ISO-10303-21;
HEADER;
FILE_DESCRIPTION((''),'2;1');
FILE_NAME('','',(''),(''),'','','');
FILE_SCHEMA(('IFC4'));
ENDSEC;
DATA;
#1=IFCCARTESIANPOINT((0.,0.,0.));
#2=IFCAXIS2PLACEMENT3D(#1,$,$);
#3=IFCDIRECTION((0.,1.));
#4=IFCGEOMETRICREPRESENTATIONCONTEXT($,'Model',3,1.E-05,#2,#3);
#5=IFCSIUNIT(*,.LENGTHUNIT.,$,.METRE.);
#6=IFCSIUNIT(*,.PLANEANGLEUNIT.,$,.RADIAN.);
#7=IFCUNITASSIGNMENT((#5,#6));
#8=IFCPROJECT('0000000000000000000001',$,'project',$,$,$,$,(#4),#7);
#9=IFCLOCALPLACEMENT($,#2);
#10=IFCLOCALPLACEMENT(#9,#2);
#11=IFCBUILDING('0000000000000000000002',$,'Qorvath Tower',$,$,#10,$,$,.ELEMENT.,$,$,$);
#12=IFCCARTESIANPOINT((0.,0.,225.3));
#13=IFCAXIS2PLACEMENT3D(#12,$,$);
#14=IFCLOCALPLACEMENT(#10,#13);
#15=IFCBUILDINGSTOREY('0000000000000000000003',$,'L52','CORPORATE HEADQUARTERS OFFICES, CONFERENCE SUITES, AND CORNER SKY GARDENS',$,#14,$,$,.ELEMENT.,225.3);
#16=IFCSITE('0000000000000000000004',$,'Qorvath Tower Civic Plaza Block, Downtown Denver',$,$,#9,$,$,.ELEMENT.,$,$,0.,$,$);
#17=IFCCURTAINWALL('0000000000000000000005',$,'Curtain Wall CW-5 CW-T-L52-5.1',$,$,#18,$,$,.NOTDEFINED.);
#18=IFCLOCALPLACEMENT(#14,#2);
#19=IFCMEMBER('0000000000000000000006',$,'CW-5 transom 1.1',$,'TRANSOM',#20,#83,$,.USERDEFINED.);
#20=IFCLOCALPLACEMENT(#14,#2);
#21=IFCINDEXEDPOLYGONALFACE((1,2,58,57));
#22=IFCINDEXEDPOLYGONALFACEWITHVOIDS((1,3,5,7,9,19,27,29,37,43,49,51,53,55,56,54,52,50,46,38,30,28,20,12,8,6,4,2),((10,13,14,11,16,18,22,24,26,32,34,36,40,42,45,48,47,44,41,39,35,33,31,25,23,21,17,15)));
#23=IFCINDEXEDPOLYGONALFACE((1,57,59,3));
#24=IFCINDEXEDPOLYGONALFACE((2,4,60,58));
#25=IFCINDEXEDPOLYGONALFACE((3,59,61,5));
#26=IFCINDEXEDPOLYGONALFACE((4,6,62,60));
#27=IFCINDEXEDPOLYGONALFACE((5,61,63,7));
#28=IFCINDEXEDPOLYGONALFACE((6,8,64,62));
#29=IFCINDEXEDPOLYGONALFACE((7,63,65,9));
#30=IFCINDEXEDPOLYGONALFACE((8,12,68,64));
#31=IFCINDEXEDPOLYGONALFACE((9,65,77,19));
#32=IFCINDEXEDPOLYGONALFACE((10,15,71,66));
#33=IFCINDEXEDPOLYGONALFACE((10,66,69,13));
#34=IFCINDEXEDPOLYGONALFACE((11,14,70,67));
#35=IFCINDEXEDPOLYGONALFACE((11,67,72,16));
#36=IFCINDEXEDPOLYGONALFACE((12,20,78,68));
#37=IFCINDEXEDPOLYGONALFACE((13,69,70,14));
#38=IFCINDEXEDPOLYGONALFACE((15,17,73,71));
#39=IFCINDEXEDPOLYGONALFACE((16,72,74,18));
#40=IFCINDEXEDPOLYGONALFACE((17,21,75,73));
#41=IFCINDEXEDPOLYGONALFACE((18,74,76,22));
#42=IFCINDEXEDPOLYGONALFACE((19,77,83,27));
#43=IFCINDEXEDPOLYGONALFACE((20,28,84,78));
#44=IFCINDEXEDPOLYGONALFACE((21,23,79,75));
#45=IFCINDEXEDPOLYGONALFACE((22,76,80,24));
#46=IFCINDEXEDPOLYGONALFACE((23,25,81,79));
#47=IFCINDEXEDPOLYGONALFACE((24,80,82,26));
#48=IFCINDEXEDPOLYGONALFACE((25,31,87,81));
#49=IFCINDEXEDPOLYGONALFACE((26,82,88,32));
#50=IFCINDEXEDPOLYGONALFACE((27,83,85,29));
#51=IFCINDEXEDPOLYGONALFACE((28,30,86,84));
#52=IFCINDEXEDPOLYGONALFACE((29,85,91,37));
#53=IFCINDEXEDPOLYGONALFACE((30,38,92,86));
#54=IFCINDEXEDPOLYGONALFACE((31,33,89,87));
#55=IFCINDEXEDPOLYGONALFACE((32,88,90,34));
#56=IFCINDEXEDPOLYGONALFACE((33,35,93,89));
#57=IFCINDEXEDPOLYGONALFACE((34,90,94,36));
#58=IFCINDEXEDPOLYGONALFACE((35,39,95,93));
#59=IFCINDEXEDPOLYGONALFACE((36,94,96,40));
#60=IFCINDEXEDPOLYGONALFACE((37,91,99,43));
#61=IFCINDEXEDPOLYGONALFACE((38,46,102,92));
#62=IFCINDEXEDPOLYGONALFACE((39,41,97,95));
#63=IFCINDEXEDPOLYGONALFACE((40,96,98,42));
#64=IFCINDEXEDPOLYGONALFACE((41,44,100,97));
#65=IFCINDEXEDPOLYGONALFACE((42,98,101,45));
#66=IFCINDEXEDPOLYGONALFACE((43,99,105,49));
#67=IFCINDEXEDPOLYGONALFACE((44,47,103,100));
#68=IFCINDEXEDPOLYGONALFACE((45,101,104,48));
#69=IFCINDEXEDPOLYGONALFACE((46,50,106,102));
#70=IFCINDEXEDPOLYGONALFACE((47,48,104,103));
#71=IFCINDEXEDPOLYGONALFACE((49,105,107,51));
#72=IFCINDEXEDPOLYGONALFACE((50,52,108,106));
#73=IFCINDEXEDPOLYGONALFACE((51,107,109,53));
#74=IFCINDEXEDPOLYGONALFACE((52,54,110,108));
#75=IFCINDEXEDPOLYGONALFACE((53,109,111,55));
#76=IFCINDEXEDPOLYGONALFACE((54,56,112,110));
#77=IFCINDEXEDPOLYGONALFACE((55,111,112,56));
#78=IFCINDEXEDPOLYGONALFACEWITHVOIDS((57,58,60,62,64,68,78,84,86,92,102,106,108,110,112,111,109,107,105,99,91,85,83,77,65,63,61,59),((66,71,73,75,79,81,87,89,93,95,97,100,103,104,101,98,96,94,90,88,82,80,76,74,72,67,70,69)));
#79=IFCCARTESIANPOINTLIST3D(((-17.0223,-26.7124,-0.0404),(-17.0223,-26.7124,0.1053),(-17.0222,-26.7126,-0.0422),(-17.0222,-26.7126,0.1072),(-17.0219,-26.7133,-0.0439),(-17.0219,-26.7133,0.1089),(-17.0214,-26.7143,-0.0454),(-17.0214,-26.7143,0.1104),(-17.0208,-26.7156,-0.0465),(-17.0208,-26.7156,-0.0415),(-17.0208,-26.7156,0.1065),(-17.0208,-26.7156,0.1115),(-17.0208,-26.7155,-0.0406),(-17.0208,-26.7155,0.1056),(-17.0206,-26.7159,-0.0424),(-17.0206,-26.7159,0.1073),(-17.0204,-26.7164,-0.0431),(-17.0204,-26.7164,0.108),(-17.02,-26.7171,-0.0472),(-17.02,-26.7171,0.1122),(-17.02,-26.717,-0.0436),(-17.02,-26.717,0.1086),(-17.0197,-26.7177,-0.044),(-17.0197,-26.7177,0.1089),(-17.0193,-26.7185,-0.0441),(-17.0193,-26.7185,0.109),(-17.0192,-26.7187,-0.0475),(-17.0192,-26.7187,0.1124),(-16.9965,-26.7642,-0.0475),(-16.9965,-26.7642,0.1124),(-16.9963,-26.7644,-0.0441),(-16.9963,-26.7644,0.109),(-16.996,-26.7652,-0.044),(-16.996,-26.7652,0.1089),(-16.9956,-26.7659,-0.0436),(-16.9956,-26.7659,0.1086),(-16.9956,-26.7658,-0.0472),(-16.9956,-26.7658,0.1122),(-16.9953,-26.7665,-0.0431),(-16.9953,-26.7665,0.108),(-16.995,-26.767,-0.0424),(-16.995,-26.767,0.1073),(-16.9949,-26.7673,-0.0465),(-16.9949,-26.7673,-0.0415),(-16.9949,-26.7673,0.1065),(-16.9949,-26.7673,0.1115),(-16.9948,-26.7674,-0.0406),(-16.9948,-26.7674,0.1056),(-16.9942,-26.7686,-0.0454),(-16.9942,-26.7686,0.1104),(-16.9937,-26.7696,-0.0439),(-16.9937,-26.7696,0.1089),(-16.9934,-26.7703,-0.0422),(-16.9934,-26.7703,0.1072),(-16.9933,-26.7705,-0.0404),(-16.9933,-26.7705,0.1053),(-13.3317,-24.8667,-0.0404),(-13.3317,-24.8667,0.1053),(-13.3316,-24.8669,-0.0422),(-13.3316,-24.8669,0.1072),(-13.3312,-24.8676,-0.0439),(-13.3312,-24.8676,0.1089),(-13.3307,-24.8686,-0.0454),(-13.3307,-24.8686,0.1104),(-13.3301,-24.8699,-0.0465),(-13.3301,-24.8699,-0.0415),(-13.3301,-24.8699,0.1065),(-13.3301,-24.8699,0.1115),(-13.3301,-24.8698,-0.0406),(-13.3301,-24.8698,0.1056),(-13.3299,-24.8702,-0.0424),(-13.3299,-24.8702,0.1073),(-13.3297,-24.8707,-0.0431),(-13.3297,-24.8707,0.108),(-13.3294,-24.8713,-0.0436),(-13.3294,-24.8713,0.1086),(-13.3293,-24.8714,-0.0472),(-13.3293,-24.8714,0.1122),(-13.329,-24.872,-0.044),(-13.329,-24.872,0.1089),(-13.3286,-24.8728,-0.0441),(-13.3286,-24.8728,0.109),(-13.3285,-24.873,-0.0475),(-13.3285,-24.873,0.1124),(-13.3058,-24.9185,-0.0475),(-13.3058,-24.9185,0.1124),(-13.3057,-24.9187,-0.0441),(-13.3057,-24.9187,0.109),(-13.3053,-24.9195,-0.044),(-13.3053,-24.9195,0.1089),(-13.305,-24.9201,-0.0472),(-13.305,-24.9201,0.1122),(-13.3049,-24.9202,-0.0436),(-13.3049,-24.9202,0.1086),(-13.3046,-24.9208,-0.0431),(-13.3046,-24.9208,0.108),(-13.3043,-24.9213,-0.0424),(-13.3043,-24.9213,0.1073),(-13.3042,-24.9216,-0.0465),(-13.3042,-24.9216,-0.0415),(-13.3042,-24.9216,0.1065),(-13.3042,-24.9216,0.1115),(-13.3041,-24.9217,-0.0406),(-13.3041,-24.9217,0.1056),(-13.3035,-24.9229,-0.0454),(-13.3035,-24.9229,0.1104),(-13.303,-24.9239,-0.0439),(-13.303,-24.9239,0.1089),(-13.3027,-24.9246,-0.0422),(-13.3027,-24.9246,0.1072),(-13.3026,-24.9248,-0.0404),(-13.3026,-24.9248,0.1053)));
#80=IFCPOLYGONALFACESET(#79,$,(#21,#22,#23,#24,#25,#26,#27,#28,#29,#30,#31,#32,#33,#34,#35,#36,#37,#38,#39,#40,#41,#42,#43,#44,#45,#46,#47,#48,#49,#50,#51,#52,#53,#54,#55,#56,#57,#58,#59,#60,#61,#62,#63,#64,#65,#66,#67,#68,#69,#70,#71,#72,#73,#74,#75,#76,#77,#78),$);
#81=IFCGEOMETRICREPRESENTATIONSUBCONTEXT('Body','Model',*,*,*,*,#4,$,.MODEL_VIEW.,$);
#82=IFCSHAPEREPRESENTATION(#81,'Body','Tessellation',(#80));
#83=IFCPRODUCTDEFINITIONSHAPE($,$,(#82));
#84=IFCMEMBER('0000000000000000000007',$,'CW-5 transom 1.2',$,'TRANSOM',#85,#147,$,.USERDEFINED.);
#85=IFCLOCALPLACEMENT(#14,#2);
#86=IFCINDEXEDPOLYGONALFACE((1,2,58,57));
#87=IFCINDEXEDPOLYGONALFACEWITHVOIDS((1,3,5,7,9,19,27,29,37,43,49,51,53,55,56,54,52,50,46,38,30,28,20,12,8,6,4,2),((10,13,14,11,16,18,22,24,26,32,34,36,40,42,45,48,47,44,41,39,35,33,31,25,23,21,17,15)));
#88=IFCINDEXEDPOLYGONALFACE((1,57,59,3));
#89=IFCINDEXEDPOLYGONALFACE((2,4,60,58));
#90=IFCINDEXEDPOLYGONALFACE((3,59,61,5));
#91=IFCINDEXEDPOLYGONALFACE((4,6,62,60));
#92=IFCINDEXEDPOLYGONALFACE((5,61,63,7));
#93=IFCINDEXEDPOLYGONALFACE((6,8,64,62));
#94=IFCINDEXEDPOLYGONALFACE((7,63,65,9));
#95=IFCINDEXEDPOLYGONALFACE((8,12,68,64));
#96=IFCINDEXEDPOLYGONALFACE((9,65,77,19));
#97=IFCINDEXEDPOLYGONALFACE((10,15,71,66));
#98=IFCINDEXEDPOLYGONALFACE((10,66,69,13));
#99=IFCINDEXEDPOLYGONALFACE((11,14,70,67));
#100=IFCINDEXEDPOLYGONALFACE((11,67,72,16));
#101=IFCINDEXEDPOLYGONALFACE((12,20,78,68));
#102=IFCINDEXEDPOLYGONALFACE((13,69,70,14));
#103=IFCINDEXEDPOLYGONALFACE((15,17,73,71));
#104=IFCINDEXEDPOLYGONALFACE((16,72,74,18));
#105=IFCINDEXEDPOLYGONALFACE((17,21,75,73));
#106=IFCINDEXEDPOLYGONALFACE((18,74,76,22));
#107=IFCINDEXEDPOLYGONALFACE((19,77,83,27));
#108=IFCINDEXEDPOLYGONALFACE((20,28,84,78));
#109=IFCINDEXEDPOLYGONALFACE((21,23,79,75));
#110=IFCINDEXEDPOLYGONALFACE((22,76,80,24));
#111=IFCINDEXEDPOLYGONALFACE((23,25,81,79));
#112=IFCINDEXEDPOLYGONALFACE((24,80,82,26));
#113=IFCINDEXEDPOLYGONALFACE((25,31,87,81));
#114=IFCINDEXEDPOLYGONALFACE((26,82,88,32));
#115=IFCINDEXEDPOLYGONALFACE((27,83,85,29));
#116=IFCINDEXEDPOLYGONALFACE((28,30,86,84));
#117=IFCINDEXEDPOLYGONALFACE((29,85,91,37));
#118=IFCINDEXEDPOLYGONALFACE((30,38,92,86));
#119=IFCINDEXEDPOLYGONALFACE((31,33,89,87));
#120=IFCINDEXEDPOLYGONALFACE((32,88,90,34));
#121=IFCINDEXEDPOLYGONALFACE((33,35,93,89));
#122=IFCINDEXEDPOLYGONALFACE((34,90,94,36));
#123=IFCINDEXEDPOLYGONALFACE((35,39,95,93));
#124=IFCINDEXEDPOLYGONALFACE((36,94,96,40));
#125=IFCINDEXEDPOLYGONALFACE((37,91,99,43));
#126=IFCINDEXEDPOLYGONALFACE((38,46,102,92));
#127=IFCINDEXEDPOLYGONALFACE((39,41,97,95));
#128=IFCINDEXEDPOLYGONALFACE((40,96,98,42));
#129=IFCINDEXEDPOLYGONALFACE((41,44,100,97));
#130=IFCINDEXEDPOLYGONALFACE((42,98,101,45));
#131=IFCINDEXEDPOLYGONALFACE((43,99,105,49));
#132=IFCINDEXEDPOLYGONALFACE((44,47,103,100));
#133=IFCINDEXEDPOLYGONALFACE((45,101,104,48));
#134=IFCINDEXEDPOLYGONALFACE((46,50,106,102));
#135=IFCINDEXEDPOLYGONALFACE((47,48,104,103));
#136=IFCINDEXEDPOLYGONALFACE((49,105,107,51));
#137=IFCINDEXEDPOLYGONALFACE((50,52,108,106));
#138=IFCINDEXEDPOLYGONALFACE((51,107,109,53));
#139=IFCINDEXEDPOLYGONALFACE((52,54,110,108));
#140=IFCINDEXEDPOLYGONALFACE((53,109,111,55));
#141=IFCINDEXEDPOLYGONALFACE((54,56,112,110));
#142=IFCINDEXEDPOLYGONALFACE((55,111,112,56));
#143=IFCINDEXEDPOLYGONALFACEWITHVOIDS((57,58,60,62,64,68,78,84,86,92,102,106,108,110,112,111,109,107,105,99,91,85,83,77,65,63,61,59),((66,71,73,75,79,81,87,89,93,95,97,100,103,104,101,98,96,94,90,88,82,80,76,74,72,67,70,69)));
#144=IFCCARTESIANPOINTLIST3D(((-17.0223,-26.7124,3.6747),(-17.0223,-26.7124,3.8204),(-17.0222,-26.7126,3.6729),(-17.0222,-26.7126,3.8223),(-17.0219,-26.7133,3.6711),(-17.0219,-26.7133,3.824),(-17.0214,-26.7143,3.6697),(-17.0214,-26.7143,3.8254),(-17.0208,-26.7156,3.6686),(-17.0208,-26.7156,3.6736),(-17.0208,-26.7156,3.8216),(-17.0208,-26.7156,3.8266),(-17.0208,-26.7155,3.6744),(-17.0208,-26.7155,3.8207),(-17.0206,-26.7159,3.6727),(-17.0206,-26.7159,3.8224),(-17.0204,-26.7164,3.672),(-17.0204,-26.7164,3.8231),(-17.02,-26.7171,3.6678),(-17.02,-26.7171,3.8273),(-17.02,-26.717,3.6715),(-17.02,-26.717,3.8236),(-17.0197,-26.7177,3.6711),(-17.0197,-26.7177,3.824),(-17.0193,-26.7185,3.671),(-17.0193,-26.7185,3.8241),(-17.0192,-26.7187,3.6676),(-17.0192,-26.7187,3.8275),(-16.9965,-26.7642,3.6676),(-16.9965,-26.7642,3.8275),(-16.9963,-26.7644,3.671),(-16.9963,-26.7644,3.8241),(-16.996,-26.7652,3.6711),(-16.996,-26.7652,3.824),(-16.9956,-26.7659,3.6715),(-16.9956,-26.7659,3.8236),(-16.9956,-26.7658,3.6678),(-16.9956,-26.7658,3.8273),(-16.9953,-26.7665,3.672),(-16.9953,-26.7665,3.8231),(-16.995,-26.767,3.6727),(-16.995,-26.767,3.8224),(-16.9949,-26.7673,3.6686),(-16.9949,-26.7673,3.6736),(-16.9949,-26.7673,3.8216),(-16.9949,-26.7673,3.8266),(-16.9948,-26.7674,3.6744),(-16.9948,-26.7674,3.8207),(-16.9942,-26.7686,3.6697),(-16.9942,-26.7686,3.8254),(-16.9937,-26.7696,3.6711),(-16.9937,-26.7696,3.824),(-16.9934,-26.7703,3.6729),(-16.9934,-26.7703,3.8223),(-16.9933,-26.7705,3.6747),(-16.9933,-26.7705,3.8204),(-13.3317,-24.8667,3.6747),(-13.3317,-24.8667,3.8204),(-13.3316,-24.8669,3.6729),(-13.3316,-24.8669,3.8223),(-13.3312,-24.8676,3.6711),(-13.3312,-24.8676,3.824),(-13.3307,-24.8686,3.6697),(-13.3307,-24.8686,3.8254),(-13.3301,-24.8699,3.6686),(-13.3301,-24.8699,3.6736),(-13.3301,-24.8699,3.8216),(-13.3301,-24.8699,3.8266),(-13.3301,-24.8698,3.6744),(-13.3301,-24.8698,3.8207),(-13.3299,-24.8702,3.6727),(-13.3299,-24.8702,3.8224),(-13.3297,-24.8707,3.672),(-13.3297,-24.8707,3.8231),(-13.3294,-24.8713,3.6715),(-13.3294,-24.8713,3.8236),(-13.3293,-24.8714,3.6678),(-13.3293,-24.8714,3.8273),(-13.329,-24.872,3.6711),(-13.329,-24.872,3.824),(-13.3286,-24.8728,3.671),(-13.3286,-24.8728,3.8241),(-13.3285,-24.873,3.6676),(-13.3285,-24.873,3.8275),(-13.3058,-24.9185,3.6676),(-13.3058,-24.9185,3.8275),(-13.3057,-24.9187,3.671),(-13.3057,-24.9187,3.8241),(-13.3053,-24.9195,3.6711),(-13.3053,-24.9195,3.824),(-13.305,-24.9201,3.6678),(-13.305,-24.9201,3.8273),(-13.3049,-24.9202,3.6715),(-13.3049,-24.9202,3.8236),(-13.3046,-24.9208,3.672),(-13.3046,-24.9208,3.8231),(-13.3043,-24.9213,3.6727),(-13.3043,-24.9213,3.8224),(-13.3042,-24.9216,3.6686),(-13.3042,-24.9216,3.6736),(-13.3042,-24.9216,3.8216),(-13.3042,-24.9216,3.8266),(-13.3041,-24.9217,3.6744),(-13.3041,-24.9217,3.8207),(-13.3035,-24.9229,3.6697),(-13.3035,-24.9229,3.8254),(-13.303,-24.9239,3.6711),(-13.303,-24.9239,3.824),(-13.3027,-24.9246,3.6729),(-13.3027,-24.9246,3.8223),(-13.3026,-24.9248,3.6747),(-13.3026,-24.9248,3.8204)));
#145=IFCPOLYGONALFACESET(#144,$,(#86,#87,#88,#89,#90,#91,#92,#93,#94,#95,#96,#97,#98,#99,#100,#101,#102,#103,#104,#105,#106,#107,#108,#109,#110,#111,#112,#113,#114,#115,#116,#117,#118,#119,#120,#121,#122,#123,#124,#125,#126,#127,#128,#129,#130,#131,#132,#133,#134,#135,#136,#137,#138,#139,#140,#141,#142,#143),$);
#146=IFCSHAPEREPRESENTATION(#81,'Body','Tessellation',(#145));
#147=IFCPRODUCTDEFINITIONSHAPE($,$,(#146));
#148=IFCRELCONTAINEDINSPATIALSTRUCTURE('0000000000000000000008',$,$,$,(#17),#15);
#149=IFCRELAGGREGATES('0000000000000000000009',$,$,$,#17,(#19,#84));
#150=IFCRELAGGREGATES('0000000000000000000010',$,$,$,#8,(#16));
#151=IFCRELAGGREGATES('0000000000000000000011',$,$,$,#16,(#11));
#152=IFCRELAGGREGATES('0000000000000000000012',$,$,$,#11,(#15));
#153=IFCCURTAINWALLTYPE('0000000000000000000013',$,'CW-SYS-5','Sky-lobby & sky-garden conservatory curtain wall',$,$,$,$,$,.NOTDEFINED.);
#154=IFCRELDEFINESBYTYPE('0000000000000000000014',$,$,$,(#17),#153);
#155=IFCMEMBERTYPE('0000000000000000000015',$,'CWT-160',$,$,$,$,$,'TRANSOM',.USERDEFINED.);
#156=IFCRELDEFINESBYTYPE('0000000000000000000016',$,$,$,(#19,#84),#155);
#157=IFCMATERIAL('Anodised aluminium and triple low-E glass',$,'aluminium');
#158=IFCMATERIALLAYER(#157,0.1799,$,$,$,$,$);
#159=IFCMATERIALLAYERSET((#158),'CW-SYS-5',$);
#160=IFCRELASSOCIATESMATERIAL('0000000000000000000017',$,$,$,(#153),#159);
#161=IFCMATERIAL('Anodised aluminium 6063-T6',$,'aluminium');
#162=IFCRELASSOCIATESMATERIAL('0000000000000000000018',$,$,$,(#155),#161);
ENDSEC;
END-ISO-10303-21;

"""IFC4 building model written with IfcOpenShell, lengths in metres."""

from ifc_helpers import new_model, si_unit, direction, frame, origin, origin_2d, place, context, subcontext, project, spatial, hollow_rectangle, extrude, material, layer, layer_set, material_profile, profile_set, type_object, element, aggregate, save


model = new_model("IFC4")

# Units and contexts
model_context = context("Model", 3, precision=1e-05, world=origin(), true_north=direction((0.0, 1.0)))
body_context = subcontext(model_context, "Body", "Model", "MODEL_VIEW")
ifc_project = project(units=[si_unit("LENGTHUNIT", "METRE"), si_unit("PLANEANGLEUNIT", "RADIAN")], contexts=[model_context])

# Site, building, storey
site_placement = place(None, origin())
site = spatial("IfcSite", under=ifc_project, at=site_placement, Name="Qorvath Tower Civic Plaza Block, Downtown Denver", CompositionType="ELEMENT", RefElevation=0.0)
building_placement = place(site_placement, origin())
building = spatial("IfcBuilding", under=site, at=building_placement, Name="Qorvath Tower", CompositionType="ELEMENT")
storey_placement = place(building_placement, frame((0.0, 0.0, 225.3)))
storey = spatial("IfcBuildingStorey", under=building, at=storey_placement, Name="L52", Description="CORPORATE HEADQUARTERS OFFICES, CONFERENCE SUITES, AND CORNER SKY GARDENS", CompositionType="ELEMENT", Elevation=225.3)

# Shared definitions
ifc_material_1 = material(Name="Anodised aluminium and triple low-E glass", Category="aluminium")
ifc_layer_1 = layer(ifc_material_1, 0.1799)
ifc_layer_set_1 = layer_set([ifc_layer_1], Name="CW-SYS-5")
curtain_wall_type = type_object("IfcCurtainWallType", Name="CW-SYS-5", Description="Sky-lobby & sky-garden conservatory curtain wall", PredefinedType="NOTDEFINED", material=ifc_layer_set_1)

# Curtain wall
curtain_wall_1_placement = place(storey_placement, origin())
curtain_wall_1 = element("IfcCurtainWall", 1, at=curtain_wall_1_placement, inside=storey, type_object=curtain_wall_type, Name="Curtain Wall CW-5 CW-T-L52-5.1", PredefinedType="NOTDEFINED")

# Members
ifc_material_2 = material(Name="Anodised aluminium 6063-T6", Category="aluminium")
ifc_material_profile_1 = material_profile(ifc_material_2, hollow_rectangle(XDim=0.0649, YDim=0.1599, WallThickness=0.0034, InnerFilletRadius=0.0034, OuterFilletRadius=0.0071, at=origin_2d()), Name="CWT 160x65")
ifc_profile_set_1 = profile_set([ifc_material_profile_1], Name="Anodised aluminium 6063-T6")
member_type_1 = type_object("IfcMemberType", Name="CWT-160", ElementType="TRANSOM", PredefinedType="USERDEFINED", material=ifc_profile_set_1)
member_1_placement = place(storey_placement, frame((-17.0078, -26.7415, 0.0325), z_axis=(0.894392, 0.447285, 0.0), x_axis=(-0.447285, 0.894392, 0.0)))
member_1 = element("IfcMember", 2, at=member_1_placement, type_object=member_type_1, Name="CW-5 transom 1.1", ObjectType="TRANSOM", PredefinedType="USERDEFINED", context=body_context, shape_type="SweptSolid", body=[
    extrude(hollow_rectangle(XDim=0.0649, YDim=0.1599, WallThickness=0.0034, InnerFilletRadius=0.0034, OuterFilletRadius=0.0071, at=origin_2d()), origin(), (0.0, 0.0, 1.0), 4.1265),
])
member_2_placement = place(storey_placement, frame((-17.0078, -26.7415, 3.7476), z_axis=(0.894392, 0.447285, 0.0), x_axis=(-0.447285, 0.894392, 0.0)))
member_2 = element("IfcMember", 3, at=member_2_placement, type_object=member_type_1, Name="CW-5 transom 1.2", ObjectType="TRANSOM", PredefinedType="USERDEFINED", context=body_context, shape_type="SweptSolid", body=[
    extrude(hollow_rectangle(XDim=0.0649, YDim=0.1599, WallThickness=0.0034, InnerFilletRadius=0.0034, OuterFilletRadius=0.0071, at=origin_2d()), origin(), (0.0, 0.0, 1.0), 4.1265),
])

aggregate(curtain_wall_1, [member_1, member_2])

save(model, "model.ifc")
